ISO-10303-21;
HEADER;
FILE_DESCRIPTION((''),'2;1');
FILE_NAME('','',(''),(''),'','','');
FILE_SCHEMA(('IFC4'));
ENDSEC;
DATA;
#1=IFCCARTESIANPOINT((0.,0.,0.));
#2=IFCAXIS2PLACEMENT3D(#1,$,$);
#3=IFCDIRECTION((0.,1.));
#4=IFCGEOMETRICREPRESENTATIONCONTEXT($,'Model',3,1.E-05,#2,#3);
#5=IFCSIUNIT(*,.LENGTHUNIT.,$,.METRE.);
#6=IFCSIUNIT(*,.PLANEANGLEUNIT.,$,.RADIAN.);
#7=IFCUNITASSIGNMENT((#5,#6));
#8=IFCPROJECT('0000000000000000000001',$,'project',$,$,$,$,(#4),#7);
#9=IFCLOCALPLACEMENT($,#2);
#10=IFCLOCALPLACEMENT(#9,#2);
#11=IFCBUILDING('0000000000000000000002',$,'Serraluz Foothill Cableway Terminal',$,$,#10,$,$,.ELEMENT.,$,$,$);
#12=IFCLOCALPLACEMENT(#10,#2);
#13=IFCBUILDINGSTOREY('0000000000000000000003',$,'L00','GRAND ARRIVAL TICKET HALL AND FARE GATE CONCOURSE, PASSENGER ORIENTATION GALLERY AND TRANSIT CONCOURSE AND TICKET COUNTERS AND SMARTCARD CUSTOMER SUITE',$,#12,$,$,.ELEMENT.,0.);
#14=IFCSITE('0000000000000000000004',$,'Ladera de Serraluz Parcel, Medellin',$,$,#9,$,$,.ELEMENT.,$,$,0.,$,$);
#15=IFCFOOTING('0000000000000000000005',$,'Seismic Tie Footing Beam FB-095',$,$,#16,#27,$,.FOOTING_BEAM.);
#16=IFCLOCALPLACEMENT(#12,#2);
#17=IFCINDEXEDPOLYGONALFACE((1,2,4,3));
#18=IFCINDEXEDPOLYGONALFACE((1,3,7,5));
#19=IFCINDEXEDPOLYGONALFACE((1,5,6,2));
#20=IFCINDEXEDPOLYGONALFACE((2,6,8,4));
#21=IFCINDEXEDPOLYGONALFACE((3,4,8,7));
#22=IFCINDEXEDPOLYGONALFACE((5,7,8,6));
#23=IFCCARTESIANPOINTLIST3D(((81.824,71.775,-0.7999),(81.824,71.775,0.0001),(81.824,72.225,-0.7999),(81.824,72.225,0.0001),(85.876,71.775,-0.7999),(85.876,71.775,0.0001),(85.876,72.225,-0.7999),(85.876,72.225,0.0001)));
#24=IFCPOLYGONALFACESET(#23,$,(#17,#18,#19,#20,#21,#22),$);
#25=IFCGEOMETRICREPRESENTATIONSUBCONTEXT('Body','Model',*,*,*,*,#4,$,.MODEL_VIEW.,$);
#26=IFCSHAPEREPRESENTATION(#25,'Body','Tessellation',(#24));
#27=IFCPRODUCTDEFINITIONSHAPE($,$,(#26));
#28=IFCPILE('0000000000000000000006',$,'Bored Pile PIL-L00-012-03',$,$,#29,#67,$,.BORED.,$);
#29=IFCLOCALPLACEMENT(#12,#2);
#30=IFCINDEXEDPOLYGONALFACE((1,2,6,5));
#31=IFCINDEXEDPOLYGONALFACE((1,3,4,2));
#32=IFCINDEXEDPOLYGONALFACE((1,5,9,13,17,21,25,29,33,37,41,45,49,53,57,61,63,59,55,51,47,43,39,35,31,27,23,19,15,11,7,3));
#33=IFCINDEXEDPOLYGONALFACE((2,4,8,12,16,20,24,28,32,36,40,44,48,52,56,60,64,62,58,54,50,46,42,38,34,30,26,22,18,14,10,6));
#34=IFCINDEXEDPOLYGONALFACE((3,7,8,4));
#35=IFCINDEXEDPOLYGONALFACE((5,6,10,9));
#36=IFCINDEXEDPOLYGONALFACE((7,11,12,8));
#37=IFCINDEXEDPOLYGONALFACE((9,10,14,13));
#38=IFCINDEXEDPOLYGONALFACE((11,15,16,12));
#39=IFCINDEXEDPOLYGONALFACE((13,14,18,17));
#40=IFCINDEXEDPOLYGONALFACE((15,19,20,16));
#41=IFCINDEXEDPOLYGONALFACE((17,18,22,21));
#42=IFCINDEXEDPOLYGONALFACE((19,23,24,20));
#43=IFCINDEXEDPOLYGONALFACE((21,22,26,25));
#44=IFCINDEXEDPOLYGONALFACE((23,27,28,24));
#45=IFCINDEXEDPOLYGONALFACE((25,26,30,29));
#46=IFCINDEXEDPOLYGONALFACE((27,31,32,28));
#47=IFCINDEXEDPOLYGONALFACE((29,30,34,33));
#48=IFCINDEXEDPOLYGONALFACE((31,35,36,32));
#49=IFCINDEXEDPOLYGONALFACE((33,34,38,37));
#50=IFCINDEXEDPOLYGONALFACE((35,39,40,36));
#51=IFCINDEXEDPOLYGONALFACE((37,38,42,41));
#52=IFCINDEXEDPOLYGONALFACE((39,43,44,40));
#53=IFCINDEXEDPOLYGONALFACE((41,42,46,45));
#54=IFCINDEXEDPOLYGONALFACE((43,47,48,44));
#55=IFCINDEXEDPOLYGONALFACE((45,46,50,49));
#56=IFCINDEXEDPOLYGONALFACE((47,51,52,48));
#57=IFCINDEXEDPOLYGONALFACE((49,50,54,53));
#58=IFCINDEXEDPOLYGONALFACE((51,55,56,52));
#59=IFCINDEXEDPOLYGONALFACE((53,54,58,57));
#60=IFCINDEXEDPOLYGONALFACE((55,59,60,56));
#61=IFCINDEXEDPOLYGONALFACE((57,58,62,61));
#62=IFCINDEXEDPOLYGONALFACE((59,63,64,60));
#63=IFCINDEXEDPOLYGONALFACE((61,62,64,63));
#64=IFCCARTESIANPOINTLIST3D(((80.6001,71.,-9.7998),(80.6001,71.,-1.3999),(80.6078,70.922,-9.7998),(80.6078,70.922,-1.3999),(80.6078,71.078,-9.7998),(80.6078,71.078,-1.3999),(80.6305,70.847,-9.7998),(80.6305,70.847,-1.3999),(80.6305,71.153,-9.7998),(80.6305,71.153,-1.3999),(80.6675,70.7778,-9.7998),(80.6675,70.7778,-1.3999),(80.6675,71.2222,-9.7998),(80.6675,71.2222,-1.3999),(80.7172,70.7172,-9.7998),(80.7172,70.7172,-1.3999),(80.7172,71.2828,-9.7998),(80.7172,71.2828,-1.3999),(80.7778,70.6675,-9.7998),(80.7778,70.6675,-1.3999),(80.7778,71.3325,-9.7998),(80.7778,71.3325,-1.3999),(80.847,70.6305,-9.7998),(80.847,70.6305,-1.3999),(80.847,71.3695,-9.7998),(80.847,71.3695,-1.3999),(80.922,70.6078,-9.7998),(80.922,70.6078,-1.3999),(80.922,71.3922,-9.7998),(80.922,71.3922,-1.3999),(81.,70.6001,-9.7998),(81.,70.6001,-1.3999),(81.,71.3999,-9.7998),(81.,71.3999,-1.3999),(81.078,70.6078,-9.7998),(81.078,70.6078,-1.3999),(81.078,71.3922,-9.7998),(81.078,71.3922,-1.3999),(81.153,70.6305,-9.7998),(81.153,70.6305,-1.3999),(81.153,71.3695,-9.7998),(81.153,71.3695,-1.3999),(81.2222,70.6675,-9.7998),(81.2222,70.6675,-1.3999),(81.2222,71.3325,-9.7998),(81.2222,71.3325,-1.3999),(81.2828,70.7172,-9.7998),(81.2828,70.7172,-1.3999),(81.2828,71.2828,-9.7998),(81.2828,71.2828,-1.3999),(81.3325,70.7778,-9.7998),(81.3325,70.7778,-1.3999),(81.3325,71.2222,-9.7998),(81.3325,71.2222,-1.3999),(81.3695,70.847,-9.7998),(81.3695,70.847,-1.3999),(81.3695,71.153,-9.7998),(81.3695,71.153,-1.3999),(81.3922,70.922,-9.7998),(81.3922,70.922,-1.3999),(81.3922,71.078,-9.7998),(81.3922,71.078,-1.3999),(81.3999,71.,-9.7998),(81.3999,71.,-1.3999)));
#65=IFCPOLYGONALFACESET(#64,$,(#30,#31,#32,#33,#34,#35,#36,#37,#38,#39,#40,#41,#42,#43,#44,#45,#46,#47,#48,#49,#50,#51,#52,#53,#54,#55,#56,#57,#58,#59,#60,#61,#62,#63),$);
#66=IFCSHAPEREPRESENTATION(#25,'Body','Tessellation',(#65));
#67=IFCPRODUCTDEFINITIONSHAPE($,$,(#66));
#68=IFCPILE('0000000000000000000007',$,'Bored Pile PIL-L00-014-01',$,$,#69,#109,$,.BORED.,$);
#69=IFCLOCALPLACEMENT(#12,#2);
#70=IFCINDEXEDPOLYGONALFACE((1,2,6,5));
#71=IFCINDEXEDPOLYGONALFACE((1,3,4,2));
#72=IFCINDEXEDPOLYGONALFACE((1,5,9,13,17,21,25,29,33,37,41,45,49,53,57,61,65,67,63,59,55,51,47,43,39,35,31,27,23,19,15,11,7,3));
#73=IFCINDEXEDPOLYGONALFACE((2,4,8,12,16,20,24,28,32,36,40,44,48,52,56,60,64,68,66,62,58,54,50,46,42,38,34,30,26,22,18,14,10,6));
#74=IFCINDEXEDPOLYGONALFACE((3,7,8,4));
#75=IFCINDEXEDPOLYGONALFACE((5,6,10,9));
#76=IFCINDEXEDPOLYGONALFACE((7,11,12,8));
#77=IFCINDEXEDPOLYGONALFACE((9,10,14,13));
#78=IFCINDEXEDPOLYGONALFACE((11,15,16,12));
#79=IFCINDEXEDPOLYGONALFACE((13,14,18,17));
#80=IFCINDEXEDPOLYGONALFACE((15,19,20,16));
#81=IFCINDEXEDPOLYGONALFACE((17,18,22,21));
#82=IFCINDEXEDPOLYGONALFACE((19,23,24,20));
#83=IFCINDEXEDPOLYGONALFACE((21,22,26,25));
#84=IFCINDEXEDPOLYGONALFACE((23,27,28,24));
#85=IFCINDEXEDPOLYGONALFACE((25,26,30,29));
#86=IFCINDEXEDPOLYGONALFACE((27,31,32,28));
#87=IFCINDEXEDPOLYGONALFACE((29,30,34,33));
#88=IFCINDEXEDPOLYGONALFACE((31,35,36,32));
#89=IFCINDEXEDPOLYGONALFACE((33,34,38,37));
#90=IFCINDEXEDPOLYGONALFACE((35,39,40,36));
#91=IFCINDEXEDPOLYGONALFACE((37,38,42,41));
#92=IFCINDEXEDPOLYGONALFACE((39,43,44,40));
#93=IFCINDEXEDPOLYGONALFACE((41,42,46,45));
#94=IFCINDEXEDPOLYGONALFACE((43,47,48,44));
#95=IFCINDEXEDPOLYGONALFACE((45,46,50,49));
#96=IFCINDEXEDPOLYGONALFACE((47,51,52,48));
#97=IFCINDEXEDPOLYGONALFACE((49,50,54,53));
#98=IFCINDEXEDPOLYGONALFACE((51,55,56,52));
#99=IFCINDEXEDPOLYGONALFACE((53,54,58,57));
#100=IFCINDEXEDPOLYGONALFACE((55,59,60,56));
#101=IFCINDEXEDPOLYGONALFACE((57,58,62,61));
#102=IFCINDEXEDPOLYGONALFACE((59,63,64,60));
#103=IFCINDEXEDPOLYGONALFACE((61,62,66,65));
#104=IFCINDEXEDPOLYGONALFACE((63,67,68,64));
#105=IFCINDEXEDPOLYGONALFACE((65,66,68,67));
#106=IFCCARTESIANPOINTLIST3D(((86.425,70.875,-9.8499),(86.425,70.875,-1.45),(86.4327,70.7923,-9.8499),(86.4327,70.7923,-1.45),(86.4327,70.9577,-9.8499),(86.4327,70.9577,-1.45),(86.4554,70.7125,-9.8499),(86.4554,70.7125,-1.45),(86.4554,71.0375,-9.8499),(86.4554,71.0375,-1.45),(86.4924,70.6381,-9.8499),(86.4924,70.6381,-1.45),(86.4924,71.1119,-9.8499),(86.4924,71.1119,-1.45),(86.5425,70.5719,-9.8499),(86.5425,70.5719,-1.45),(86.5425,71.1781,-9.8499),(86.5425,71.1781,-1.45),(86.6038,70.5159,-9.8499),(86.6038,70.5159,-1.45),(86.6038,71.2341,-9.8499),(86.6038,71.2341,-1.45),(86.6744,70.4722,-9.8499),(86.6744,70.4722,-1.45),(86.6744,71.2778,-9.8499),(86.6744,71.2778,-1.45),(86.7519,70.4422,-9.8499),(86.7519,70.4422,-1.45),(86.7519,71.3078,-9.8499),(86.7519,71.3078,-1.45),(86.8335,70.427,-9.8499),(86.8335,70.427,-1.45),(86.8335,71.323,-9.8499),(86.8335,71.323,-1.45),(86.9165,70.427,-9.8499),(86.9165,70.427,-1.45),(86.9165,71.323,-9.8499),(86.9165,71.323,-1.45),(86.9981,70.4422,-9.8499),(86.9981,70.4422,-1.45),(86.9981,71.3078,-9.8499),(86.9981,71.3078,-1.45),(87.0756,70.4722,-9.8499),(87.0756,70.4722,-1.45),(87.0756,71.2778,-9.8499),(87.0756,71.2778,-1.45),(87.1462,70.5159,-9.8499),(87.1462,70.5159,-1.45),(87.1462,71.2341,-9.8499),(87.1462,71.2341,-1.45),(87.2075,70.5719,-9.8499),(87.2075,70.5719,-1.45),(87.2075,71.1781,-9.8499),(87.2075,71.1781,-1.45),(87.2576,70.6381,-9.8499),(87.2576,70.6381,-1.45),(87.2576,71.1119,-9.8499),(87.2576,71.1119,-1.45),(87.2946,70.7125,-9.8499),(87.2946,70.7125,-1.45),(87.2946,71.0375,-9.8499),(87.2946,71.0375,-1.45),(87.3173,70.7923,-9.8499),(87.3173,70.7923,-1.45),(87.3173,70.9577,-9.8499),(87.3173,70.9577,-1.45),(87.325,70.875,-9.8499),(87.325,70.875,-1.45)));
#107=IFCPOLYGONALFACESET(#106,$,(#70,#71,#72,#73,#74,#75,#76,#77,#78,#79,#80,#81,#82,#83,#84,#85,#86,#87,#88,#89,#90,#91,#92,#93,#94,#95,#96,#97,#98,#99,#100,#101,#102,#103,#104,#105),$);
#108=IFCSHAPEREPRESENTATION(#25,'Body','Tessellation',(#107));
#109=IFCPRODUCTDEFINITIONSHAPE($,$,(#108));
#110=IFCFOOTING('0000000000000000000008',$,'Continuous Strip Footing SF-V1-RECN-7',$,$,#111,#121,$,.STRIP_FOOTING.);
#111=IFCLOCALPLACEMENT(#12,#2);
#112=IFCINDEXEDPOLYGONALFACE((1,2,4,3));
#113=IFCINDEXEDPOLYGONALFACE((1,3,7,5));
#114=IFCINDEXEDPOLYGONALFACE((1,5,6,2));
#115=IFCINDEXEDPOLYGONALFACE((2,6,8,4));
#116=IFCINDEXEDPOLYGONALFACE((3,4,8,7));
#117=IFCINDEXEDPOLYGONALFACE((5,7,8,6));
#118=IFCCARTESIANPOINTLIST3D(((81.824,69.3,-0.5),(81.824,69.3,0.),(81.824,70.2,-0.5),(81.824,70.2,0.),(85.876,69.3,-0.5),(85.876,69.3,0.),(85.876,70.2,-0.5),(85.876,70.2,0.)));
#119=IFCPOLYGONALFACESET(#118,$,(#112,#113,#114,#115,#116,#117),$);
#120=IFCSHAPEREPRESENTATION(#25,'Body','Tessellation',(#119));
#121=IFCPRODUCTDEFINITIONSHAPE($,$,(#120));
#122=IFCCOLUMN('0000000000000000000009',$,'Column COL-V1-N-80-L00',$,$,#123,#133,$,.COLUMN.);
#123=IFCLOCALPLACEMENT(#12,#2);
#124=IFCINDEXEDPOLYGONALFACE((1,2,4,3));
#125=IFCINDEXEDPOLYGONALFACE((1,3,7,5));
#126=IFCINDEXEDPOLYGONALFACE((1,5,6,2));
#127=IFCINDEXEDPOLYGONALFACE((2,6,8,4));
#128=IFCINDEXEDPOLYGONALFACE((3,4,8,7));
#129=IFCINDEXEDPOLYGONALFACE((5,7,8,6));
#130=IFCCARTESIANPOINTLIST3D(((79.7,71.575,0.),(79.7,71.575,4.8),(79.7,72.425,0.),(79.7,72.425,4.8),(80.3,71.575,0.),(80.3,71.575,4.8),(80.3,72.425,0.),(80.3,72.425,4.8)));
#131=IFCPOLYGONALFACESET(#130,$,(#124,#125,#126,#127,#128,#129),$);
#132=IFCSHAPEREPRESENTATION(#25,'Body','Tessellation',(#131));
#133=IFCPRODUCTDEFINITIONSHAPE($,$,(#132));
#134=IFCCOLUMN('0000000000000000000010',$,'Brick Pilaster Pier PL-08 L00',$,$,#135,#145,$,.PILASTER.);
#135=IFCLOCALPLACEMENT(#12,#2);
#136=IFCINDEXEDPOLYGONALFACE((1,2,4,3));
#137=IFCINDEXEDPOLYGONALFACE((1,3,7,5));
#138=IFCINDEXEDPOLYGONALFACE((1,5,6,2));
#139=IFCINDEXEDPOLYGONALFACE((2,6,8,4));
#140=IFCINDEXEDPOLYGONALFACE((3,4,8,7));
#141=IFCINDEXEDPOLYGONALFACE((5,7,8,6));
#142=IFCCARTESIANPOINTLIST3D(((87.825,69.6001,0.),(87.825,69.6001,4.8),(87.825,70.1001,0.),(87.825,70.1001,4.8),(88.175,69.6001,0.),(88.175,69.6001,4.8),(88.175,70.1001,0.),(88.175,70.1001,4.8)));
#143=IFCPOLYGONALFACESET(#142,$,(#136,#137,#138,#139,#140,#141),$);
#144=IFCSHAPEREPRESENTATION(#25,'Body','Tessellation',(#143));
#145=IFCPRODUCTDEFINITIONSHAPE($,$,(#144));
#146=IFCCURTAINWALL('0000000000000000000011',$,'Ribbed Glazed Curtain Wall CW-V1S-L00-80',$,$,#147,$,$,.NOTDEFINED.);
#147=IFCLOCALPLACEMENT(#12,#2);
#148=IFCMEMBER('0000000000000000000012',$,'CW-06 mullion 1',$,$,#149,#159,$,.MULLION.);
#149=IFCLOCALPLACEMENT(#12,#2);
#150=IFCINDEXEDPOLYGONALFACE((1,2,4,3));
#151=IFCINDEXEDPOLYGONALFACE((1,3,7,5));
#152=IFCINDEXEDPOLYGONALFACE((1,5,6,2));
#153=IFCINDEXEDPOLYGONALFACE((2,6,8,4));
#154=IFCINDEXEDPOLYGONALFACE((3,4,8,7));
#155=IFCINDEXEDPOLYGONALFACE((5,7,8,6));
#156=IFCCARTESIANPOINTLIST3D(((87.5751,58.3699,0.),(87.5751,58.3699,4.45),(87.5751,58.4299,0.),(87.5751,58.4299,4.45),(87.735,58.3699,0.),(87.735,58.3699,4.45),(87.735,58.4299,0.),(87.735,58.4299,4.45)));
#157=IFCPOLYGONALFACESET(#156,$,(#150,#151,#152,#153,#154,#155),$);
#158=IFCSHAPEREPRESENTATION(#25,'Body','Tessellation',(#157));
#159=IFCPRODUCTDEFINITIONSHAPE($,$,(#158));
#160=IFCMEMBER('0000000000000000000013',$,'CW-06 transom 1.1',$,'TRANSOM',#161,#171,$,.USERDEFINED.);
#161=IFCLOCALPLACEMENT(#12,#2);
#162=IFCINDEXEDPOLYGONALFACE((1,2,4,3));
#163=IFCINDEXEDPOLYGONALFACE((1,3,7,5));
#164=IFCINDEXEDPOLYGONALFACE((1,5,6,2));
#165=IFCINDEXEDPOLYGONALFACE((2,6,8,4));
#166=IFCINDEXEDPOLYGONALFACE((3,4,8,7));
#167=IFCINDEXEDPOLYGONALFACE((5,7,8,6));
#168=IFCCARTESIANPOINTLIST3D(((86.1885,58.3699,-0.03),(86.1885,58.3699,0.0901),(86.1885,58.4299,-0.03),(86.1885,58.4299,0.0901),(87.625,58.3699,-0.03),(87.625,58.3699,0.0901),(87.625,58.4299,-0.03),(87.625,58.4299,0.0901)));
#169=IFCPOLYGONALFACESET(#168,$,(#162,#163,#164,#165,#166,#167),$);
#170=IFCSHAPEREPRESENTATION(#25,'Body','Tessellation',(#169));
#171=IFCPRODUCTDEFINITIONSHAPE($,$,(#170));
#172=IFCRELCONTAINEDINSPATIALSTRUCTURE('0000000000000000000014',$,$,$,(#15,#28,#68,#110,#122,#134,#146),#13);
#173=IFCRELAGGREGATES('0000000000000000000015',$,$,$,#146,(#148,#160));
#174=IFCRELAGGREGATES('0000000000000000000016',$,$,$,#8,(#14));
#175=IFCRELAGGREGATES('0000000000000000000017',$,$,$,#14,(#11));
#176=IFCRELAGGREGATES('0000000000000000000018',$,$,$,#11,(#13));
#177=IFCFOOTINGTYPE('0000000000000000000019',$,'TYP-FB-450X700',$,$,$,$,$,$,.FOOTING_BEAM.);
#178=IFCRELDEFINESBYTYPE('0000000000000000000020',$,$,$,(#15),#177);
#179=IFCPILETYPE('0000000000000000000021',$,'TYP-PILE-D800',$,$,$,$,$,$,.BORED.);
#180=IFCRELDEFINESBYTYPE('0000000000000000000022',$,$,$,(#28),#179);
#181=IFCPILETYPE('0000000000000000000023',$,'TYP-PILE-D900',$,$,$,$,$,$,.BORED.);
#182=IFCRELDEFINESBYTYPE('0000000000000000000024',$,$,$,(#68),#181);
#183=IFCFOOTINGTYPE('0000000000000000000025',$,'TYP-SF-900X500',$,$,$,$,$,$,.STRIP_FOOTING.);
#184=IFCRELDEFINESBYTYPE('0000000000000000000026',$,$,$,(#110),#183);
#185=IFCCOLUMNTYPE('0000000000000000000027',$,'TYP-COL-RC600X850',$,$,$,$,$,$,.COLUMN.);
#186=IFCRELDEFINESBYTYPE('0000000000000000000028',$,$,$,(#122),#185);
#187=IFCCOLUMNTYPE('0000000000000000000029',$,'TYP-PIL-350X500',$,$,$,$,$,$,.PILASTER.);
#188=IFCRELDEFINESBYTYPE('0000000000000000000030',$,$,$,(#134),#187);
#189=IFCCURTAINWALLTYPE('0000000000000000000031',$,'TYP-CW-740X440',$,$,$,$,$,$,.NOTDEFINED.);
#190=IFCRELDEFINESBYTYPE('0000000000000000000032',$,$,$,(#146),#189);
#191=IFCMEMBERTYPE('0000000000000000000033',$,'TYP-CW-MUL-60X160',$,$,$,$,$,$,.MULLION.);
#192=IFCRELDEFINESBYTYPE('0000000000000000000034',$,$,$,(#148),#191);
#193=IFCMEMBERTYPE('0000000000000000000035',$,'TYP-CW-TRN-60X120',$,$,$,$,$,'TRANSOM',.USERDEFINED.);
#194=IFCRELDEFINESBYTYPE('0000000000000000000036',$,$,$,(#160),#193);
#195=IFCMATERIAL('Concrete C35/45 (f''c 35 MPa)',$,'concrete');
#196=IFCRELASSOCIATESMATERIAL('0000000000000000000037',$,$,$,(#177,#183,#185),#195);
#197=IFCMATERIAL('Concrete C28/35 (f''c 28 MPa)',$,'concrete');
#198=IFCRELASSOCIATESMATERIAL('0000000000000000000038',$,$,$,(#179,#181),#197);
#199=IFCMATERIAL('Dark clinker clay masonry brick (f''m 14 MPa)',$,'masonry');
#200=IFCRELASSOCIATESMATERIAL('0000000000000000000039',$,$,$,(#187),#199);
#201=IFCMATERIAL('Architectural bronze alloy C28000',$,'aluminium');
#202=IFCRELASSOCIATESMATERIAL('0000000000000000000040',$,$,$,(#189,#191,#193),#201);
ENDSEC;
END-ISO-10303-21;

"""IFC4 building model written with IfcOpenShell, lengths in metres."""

from ifc_helpers import new_model, si_unit, direction, frame, origin, origin_2d, place, context, subcontext, project, spatial, rectangle, circle, extrude, material, material_profile, profile_set, type_object, element, aggregate, save


model = new_model("IFC4")

# Units and contexts
model_context = context("Model", 3, precision=1e-05, world=origin(), true_north=direction((0.0, 1.0)))
body_context = subcontext(model_context, "Body", "Model", "MODEL_VIEW")
ifc_project = project(units=[si_unit("LENGTHUNIT", "METRE"), si_unit("PLANEANGLEUNIT", "RADIAN")], contexts=[model_context])

# Site, building, storey
site_placement = place(None, origin())
site = spatial("IfcSite", under=ifc_project, at=site_placement, Name="Ladera de Serraluz Parcel, Medellin", CompositionType="ELEMENT", RefElevation=0.0)
building_placement = place(site_placement, origin())
building = spatial("IfcBuilding", under=site, at=building_placement, Name="Serraluz Foothill Cableway Terminal", CompositionType="ELEMENT")
storey_placement = place(building_placement, origin())
storey = spatial("IfcBuildingStorey", under=building, at=storey_placement, Name="L00", Description="GRAND ARRIVAL TICKET HALL AND FARE GATE CONCOURSE, PASSENGER ORIENTATION GALLERY AND TRANSIT CONCOURSE AND TICKET COUNTERS AND SMARTCARD CUSTOMER SUITE", CompositionType="ELEMENT", Elevation=0.0)

# Footing
ifc_material_1 = material(Name="Concrete C35/45 (f'c 35 MPa)", Category="concrete")
ifc_material_profile_1 = material_profile(ifc_material_1, rectangle(XDim=0.45, YDim=0.8, at=origin_2d()), Name="RC 450x800")
ifc_profile_set_1 = profile_set([ifc_material_profile_1], Name="Concrete C35/45 (f'c 35 MPa)")
footing_type_1 = type_object("IfcFootingType", Name="TYP-FB-450X700", PredefinedType="FOOTING_BEAM", material=ifc_profile_set_1)
footing_1_placement = place(storey_placement, frame((81.824, 72.0, -0.3999), z_axis=(1.0, 0.0, 0.0), x_axis=(0.0, 1.0, 0.0)))
element("IfcFooting", 1, at=footing_1_placement, inside=storey, type_object=footing_type_1, Name="Seismic Tie Footing Beam FB-095", PredefinedType="FOOTING_BEAM", context=body_context, shape_type="SweptSolid", body=[
    extrude(rectangle(XDim=0.45, YDim=0.8, at=origin_2d()), origin(), (0.0, 0.0, 1.0), 4.052),
])

# Piles
ifc_material_2 = material(Name="Concrete C28/35 (f'c 28 MPa)", Category="concrete")
ifc_material_profile_2 = material_profile(ifc_material_2, circle(Radius=0.3999, at=origin_2d()), Name="BORED PILE D800")
ifc_profile_set_2 = profile_set([ifc_material_profile_2], Name="Concrete C28/35 (f'c 28 MPa)")
pile_type_1 = type_object("IfcPileType", Name="TYP-PILE-D800", PredefinedType="BORED", material=ifc_profile_set_2)
pile_1_placement = place(storey_placement, frame((81.0, 71.0, -1.3999), z_axis=(0.0, 0.0, -1.0), x_axis=(1.0, 0.0, 0.0)))
element("IfcPile", 2, at=pile_1_placement, inside=storey, type_object=pile_type_1, Name="Bored Pile PIL-L00-012-03", PredefinedType="BORED", context=body_context, shape_type="SweptSolid", body=[
    extrude(circle(Radius=0.3999, at=origin_2d()), origin(), (0.0, 0.0, 1.0), 8.3999),
])
ifc_material_profile_3 = material_profile(ifc_material_2, circle(Radius=0.45, at=origin_2d()), Name="BORED PILE D900")
ifc_profile_set_3 = profile_set([ifc_material_profile_3], Name="Concrete C28/35 (f'c 28 MPa)")
pile_type_2 = type_object("IfcPileType", Name="TYP-PILE-D900", PredefinedType="BORED", material=ifc_profile_set_3)
pile_2_placement = place(storey_placement, frame((86.875, 70.875, -1.45), z_axis=(0.0, 0.0, -1.0), x_axis=(1.0, 0.0, 0.0)))
element("IfcPile", 3, at=pile_2_placement, inside=storey, type_object=pile_type_2, Name="Bored Pile PIL-L00-014-01", PredefinedType="BORED", context=body_context, shape_type="SweptSolid", body=[
    extrude(circle(Radius=0.45, at=origin_2d()), origin(), (0.0, 0.0, 1.0), 8.3999),
])

# Footing
ifc_material_profile_4 = material_profile(ifc_material_1, rectangle(XDim=0.8999, YDim=0.5, at=origin_2d()), Name="SF 900x500")
ifc_profile_set_4 = profile_set([ifc_material_profile_4], Name="Concrete C35/45 (f'c 35 MPa)")
footing_type_2 = type_object("IfcFootingType", Name="TYP-SF-900X500", PredefinedType="STRIP_FOOTING", material=ifc_profile_set_4)
footing_2_placement = place(storey_placement, frame((81.824, 69.75, -0.25), z_axis=(1.0, 0.0, 0.0), x_axis=(0.0, 1.0, 0.0)))
element("IfcFooting", 4, at=footing_2_placement, inside=storey, type_object=footing_type_2, Name="Continuous Strip Footing SF-V1-RECN-7", PredefinedType="STRIP_FOOTING", context=body_context, shape_type="SweptSolid", body=[
    extrude(rectangle(XDim=0.8999, YDim=0.5, at=origin_2d()), origin(), (0.0, 0.0, 1.0), 4.052),
])

# Columns
ifc_material_profile_5 = material_profile(ifc_material_1, rectangle(XDim=0.6001, YDim=0.8501, at=origin_2d()), Name="RC 600x850")
ifc_profile_set_5 = profile_set([ifc_material_profile_5], Name="Concrete C35/45 (f'c 35 MPa)")
column_type_1 = type_object("IfcColumnType", Name="TYP-COL-RC600X850", PredefinedType="COLUMN", material=ifc_profile_set_5)
column_1_placement = place(storey_placement, frame((80.0, 72.0, 0.0), z_axis=(0.0, 0.0, 1.0), x_axis=(1.0, 0.0, 0.0)))
element("IfcColumn", 5, at=column_1_placement, inside=storey, type_object=column_type_1, Name="Column COL-V1-N-80-L00", PredefinedType="COLUMN", context=body_context, shape_type="SweptSolid", body=[
    extrude(rectangle(XDim=0.6001, YDim=0.8501, at=origin_2d()), origin(), (0.0, 0.0, 1.0), 4.8),
])
ifc_material_3 = material(Name="Dark clinker clay masonry brick (f'm 14 MPa)", Category="masonry")
ifc_material_profile_6 = material_profile(ifc_material_3, rectangle(XDim=0.3501, YDim=0.5, at=origin_2d()), Name="PIL 350x500")
ifc_profile_set_6 = profile_set([ifc_material_profile_6], Name="Dark clinker clay masonry brick (f'm 14 MPa)")
column_type_2 = type_object("IfcColumnType", Name="TYP-PIL-350X500", PredefinedType="PILASTER", material=ifc_profile_set_6)
column_2_placement = place(storey_placement, frame((88.0, 69.8501, 0.0), z_axis=(0.0, 0.0, 1.0), x_axis=(1.0, 0.0, 0.0)))
element("IfcColumn", 6, at=column_2_placement, inside=storey, type_object=column_type_2, Name="Brick Pilaster Pier PL-08 L00", PredefinedType="PILASTER", context=body_context, shape_type="SweptSolid", body=[
    extrude(rectangle(XDim=0.3501, YDim=0.5, at=origin_2d()), origin(), (0.0, 0.0, 1.0), 4.8),
])

# Curtain wall, members
ifc_material_4 = material(Name="Architectural bronze alloy C28000", Category="aluminium")
curtain_wall_type = type_object("IfcCurtainWallType", Name="TYP-CW-740X440", PredefinedType="NOTDEFINED", material=ifc_material_4)
curtain_wall_placement = place(storey_placement, origin())
curtain_wall = element("IfcCurtainWall", 7, at=curtain_wall_placement, inside=storey, type_object=curtain_wall_type, Name="Ribbed Glazed Curtain Wall CW-V1S-L00-80", PredefinedType="NOTDEFINED")
ifc_material_profile_7 = material_profile(ifc_material_4, rectangle(XDim=0.0601, YDim=0.1599, at=origin_2d()), Name="ALU MULLION 60x160")
ifc_profile_set_7 = profile_set([ifc_material_profile_7], Name="Architectural bronze alloy C28000")
member_type_1 = type_object("IfcMemberType", Name="TYP-CW-MUL-60X160", PredefinedType="MULLION", material=ifc_profile_set_7)
member_1_placement = place(storey_placement, frame((87.655, 58.3999, 0.0), z_axis=(0.0, 0.0, 1.0), x_axis=(0.0, -1.0, 0.0)))
member_1 = element("IfcMember", 8, at=member_1_placement, type_object=member_type_1, Name="CW-06 mullion 1", PredefinedType="MULLION", context=body_context, shape_type="SweptSolid", body=[
    extrude(rectangle(XDim=0.0601, YDim=0.1599, at=origin_2d()), origin(), (0.0, 0.0, 1.0), 4.45),
])
ifc_material_profile_8 = material_profile(ifc_material_4, rectangle(XDim=0.0601, YDim=0.1201, at=origin_2d()), Name="ALU TRANSOM 60x120")
ifc_profile_set_8 = profile_set([ifc_material_profile_8], Name="Architectural bronze alloy C28000")
member_type_2 = type_object("IfcMemberType", Name="TYP-CW-TRN-60X120", ElementType="TRANSOM", PredefinedType="USERDEFINED", material=ifc_profile_set_8)
member_2_placement = place(storey_placement, frame((87.625, 58.3999, 0.03), z_axis=(-1.0, 0.0, 0.0), x_axis=(0.0, -1.0, 0.0)))
member_2 = element("IfcMember", 9, at=member_2_placement, type_object=member_type_2, Name="CW-06 transom 1.1", ObjectType="TRANSOM", PredefinedType="USERDEFINED", context=body_context, shape_type="SweptSolid", body=[
    extrude(rectangle(XDim=0.0601, YDim=0.1201, at=origin_2d()), origin(), (0.0, 0.0, 1.0), 1.4365),
])

aggregate(curtain_wall, [member_1, member_2])

save(model, "model.ifc")
